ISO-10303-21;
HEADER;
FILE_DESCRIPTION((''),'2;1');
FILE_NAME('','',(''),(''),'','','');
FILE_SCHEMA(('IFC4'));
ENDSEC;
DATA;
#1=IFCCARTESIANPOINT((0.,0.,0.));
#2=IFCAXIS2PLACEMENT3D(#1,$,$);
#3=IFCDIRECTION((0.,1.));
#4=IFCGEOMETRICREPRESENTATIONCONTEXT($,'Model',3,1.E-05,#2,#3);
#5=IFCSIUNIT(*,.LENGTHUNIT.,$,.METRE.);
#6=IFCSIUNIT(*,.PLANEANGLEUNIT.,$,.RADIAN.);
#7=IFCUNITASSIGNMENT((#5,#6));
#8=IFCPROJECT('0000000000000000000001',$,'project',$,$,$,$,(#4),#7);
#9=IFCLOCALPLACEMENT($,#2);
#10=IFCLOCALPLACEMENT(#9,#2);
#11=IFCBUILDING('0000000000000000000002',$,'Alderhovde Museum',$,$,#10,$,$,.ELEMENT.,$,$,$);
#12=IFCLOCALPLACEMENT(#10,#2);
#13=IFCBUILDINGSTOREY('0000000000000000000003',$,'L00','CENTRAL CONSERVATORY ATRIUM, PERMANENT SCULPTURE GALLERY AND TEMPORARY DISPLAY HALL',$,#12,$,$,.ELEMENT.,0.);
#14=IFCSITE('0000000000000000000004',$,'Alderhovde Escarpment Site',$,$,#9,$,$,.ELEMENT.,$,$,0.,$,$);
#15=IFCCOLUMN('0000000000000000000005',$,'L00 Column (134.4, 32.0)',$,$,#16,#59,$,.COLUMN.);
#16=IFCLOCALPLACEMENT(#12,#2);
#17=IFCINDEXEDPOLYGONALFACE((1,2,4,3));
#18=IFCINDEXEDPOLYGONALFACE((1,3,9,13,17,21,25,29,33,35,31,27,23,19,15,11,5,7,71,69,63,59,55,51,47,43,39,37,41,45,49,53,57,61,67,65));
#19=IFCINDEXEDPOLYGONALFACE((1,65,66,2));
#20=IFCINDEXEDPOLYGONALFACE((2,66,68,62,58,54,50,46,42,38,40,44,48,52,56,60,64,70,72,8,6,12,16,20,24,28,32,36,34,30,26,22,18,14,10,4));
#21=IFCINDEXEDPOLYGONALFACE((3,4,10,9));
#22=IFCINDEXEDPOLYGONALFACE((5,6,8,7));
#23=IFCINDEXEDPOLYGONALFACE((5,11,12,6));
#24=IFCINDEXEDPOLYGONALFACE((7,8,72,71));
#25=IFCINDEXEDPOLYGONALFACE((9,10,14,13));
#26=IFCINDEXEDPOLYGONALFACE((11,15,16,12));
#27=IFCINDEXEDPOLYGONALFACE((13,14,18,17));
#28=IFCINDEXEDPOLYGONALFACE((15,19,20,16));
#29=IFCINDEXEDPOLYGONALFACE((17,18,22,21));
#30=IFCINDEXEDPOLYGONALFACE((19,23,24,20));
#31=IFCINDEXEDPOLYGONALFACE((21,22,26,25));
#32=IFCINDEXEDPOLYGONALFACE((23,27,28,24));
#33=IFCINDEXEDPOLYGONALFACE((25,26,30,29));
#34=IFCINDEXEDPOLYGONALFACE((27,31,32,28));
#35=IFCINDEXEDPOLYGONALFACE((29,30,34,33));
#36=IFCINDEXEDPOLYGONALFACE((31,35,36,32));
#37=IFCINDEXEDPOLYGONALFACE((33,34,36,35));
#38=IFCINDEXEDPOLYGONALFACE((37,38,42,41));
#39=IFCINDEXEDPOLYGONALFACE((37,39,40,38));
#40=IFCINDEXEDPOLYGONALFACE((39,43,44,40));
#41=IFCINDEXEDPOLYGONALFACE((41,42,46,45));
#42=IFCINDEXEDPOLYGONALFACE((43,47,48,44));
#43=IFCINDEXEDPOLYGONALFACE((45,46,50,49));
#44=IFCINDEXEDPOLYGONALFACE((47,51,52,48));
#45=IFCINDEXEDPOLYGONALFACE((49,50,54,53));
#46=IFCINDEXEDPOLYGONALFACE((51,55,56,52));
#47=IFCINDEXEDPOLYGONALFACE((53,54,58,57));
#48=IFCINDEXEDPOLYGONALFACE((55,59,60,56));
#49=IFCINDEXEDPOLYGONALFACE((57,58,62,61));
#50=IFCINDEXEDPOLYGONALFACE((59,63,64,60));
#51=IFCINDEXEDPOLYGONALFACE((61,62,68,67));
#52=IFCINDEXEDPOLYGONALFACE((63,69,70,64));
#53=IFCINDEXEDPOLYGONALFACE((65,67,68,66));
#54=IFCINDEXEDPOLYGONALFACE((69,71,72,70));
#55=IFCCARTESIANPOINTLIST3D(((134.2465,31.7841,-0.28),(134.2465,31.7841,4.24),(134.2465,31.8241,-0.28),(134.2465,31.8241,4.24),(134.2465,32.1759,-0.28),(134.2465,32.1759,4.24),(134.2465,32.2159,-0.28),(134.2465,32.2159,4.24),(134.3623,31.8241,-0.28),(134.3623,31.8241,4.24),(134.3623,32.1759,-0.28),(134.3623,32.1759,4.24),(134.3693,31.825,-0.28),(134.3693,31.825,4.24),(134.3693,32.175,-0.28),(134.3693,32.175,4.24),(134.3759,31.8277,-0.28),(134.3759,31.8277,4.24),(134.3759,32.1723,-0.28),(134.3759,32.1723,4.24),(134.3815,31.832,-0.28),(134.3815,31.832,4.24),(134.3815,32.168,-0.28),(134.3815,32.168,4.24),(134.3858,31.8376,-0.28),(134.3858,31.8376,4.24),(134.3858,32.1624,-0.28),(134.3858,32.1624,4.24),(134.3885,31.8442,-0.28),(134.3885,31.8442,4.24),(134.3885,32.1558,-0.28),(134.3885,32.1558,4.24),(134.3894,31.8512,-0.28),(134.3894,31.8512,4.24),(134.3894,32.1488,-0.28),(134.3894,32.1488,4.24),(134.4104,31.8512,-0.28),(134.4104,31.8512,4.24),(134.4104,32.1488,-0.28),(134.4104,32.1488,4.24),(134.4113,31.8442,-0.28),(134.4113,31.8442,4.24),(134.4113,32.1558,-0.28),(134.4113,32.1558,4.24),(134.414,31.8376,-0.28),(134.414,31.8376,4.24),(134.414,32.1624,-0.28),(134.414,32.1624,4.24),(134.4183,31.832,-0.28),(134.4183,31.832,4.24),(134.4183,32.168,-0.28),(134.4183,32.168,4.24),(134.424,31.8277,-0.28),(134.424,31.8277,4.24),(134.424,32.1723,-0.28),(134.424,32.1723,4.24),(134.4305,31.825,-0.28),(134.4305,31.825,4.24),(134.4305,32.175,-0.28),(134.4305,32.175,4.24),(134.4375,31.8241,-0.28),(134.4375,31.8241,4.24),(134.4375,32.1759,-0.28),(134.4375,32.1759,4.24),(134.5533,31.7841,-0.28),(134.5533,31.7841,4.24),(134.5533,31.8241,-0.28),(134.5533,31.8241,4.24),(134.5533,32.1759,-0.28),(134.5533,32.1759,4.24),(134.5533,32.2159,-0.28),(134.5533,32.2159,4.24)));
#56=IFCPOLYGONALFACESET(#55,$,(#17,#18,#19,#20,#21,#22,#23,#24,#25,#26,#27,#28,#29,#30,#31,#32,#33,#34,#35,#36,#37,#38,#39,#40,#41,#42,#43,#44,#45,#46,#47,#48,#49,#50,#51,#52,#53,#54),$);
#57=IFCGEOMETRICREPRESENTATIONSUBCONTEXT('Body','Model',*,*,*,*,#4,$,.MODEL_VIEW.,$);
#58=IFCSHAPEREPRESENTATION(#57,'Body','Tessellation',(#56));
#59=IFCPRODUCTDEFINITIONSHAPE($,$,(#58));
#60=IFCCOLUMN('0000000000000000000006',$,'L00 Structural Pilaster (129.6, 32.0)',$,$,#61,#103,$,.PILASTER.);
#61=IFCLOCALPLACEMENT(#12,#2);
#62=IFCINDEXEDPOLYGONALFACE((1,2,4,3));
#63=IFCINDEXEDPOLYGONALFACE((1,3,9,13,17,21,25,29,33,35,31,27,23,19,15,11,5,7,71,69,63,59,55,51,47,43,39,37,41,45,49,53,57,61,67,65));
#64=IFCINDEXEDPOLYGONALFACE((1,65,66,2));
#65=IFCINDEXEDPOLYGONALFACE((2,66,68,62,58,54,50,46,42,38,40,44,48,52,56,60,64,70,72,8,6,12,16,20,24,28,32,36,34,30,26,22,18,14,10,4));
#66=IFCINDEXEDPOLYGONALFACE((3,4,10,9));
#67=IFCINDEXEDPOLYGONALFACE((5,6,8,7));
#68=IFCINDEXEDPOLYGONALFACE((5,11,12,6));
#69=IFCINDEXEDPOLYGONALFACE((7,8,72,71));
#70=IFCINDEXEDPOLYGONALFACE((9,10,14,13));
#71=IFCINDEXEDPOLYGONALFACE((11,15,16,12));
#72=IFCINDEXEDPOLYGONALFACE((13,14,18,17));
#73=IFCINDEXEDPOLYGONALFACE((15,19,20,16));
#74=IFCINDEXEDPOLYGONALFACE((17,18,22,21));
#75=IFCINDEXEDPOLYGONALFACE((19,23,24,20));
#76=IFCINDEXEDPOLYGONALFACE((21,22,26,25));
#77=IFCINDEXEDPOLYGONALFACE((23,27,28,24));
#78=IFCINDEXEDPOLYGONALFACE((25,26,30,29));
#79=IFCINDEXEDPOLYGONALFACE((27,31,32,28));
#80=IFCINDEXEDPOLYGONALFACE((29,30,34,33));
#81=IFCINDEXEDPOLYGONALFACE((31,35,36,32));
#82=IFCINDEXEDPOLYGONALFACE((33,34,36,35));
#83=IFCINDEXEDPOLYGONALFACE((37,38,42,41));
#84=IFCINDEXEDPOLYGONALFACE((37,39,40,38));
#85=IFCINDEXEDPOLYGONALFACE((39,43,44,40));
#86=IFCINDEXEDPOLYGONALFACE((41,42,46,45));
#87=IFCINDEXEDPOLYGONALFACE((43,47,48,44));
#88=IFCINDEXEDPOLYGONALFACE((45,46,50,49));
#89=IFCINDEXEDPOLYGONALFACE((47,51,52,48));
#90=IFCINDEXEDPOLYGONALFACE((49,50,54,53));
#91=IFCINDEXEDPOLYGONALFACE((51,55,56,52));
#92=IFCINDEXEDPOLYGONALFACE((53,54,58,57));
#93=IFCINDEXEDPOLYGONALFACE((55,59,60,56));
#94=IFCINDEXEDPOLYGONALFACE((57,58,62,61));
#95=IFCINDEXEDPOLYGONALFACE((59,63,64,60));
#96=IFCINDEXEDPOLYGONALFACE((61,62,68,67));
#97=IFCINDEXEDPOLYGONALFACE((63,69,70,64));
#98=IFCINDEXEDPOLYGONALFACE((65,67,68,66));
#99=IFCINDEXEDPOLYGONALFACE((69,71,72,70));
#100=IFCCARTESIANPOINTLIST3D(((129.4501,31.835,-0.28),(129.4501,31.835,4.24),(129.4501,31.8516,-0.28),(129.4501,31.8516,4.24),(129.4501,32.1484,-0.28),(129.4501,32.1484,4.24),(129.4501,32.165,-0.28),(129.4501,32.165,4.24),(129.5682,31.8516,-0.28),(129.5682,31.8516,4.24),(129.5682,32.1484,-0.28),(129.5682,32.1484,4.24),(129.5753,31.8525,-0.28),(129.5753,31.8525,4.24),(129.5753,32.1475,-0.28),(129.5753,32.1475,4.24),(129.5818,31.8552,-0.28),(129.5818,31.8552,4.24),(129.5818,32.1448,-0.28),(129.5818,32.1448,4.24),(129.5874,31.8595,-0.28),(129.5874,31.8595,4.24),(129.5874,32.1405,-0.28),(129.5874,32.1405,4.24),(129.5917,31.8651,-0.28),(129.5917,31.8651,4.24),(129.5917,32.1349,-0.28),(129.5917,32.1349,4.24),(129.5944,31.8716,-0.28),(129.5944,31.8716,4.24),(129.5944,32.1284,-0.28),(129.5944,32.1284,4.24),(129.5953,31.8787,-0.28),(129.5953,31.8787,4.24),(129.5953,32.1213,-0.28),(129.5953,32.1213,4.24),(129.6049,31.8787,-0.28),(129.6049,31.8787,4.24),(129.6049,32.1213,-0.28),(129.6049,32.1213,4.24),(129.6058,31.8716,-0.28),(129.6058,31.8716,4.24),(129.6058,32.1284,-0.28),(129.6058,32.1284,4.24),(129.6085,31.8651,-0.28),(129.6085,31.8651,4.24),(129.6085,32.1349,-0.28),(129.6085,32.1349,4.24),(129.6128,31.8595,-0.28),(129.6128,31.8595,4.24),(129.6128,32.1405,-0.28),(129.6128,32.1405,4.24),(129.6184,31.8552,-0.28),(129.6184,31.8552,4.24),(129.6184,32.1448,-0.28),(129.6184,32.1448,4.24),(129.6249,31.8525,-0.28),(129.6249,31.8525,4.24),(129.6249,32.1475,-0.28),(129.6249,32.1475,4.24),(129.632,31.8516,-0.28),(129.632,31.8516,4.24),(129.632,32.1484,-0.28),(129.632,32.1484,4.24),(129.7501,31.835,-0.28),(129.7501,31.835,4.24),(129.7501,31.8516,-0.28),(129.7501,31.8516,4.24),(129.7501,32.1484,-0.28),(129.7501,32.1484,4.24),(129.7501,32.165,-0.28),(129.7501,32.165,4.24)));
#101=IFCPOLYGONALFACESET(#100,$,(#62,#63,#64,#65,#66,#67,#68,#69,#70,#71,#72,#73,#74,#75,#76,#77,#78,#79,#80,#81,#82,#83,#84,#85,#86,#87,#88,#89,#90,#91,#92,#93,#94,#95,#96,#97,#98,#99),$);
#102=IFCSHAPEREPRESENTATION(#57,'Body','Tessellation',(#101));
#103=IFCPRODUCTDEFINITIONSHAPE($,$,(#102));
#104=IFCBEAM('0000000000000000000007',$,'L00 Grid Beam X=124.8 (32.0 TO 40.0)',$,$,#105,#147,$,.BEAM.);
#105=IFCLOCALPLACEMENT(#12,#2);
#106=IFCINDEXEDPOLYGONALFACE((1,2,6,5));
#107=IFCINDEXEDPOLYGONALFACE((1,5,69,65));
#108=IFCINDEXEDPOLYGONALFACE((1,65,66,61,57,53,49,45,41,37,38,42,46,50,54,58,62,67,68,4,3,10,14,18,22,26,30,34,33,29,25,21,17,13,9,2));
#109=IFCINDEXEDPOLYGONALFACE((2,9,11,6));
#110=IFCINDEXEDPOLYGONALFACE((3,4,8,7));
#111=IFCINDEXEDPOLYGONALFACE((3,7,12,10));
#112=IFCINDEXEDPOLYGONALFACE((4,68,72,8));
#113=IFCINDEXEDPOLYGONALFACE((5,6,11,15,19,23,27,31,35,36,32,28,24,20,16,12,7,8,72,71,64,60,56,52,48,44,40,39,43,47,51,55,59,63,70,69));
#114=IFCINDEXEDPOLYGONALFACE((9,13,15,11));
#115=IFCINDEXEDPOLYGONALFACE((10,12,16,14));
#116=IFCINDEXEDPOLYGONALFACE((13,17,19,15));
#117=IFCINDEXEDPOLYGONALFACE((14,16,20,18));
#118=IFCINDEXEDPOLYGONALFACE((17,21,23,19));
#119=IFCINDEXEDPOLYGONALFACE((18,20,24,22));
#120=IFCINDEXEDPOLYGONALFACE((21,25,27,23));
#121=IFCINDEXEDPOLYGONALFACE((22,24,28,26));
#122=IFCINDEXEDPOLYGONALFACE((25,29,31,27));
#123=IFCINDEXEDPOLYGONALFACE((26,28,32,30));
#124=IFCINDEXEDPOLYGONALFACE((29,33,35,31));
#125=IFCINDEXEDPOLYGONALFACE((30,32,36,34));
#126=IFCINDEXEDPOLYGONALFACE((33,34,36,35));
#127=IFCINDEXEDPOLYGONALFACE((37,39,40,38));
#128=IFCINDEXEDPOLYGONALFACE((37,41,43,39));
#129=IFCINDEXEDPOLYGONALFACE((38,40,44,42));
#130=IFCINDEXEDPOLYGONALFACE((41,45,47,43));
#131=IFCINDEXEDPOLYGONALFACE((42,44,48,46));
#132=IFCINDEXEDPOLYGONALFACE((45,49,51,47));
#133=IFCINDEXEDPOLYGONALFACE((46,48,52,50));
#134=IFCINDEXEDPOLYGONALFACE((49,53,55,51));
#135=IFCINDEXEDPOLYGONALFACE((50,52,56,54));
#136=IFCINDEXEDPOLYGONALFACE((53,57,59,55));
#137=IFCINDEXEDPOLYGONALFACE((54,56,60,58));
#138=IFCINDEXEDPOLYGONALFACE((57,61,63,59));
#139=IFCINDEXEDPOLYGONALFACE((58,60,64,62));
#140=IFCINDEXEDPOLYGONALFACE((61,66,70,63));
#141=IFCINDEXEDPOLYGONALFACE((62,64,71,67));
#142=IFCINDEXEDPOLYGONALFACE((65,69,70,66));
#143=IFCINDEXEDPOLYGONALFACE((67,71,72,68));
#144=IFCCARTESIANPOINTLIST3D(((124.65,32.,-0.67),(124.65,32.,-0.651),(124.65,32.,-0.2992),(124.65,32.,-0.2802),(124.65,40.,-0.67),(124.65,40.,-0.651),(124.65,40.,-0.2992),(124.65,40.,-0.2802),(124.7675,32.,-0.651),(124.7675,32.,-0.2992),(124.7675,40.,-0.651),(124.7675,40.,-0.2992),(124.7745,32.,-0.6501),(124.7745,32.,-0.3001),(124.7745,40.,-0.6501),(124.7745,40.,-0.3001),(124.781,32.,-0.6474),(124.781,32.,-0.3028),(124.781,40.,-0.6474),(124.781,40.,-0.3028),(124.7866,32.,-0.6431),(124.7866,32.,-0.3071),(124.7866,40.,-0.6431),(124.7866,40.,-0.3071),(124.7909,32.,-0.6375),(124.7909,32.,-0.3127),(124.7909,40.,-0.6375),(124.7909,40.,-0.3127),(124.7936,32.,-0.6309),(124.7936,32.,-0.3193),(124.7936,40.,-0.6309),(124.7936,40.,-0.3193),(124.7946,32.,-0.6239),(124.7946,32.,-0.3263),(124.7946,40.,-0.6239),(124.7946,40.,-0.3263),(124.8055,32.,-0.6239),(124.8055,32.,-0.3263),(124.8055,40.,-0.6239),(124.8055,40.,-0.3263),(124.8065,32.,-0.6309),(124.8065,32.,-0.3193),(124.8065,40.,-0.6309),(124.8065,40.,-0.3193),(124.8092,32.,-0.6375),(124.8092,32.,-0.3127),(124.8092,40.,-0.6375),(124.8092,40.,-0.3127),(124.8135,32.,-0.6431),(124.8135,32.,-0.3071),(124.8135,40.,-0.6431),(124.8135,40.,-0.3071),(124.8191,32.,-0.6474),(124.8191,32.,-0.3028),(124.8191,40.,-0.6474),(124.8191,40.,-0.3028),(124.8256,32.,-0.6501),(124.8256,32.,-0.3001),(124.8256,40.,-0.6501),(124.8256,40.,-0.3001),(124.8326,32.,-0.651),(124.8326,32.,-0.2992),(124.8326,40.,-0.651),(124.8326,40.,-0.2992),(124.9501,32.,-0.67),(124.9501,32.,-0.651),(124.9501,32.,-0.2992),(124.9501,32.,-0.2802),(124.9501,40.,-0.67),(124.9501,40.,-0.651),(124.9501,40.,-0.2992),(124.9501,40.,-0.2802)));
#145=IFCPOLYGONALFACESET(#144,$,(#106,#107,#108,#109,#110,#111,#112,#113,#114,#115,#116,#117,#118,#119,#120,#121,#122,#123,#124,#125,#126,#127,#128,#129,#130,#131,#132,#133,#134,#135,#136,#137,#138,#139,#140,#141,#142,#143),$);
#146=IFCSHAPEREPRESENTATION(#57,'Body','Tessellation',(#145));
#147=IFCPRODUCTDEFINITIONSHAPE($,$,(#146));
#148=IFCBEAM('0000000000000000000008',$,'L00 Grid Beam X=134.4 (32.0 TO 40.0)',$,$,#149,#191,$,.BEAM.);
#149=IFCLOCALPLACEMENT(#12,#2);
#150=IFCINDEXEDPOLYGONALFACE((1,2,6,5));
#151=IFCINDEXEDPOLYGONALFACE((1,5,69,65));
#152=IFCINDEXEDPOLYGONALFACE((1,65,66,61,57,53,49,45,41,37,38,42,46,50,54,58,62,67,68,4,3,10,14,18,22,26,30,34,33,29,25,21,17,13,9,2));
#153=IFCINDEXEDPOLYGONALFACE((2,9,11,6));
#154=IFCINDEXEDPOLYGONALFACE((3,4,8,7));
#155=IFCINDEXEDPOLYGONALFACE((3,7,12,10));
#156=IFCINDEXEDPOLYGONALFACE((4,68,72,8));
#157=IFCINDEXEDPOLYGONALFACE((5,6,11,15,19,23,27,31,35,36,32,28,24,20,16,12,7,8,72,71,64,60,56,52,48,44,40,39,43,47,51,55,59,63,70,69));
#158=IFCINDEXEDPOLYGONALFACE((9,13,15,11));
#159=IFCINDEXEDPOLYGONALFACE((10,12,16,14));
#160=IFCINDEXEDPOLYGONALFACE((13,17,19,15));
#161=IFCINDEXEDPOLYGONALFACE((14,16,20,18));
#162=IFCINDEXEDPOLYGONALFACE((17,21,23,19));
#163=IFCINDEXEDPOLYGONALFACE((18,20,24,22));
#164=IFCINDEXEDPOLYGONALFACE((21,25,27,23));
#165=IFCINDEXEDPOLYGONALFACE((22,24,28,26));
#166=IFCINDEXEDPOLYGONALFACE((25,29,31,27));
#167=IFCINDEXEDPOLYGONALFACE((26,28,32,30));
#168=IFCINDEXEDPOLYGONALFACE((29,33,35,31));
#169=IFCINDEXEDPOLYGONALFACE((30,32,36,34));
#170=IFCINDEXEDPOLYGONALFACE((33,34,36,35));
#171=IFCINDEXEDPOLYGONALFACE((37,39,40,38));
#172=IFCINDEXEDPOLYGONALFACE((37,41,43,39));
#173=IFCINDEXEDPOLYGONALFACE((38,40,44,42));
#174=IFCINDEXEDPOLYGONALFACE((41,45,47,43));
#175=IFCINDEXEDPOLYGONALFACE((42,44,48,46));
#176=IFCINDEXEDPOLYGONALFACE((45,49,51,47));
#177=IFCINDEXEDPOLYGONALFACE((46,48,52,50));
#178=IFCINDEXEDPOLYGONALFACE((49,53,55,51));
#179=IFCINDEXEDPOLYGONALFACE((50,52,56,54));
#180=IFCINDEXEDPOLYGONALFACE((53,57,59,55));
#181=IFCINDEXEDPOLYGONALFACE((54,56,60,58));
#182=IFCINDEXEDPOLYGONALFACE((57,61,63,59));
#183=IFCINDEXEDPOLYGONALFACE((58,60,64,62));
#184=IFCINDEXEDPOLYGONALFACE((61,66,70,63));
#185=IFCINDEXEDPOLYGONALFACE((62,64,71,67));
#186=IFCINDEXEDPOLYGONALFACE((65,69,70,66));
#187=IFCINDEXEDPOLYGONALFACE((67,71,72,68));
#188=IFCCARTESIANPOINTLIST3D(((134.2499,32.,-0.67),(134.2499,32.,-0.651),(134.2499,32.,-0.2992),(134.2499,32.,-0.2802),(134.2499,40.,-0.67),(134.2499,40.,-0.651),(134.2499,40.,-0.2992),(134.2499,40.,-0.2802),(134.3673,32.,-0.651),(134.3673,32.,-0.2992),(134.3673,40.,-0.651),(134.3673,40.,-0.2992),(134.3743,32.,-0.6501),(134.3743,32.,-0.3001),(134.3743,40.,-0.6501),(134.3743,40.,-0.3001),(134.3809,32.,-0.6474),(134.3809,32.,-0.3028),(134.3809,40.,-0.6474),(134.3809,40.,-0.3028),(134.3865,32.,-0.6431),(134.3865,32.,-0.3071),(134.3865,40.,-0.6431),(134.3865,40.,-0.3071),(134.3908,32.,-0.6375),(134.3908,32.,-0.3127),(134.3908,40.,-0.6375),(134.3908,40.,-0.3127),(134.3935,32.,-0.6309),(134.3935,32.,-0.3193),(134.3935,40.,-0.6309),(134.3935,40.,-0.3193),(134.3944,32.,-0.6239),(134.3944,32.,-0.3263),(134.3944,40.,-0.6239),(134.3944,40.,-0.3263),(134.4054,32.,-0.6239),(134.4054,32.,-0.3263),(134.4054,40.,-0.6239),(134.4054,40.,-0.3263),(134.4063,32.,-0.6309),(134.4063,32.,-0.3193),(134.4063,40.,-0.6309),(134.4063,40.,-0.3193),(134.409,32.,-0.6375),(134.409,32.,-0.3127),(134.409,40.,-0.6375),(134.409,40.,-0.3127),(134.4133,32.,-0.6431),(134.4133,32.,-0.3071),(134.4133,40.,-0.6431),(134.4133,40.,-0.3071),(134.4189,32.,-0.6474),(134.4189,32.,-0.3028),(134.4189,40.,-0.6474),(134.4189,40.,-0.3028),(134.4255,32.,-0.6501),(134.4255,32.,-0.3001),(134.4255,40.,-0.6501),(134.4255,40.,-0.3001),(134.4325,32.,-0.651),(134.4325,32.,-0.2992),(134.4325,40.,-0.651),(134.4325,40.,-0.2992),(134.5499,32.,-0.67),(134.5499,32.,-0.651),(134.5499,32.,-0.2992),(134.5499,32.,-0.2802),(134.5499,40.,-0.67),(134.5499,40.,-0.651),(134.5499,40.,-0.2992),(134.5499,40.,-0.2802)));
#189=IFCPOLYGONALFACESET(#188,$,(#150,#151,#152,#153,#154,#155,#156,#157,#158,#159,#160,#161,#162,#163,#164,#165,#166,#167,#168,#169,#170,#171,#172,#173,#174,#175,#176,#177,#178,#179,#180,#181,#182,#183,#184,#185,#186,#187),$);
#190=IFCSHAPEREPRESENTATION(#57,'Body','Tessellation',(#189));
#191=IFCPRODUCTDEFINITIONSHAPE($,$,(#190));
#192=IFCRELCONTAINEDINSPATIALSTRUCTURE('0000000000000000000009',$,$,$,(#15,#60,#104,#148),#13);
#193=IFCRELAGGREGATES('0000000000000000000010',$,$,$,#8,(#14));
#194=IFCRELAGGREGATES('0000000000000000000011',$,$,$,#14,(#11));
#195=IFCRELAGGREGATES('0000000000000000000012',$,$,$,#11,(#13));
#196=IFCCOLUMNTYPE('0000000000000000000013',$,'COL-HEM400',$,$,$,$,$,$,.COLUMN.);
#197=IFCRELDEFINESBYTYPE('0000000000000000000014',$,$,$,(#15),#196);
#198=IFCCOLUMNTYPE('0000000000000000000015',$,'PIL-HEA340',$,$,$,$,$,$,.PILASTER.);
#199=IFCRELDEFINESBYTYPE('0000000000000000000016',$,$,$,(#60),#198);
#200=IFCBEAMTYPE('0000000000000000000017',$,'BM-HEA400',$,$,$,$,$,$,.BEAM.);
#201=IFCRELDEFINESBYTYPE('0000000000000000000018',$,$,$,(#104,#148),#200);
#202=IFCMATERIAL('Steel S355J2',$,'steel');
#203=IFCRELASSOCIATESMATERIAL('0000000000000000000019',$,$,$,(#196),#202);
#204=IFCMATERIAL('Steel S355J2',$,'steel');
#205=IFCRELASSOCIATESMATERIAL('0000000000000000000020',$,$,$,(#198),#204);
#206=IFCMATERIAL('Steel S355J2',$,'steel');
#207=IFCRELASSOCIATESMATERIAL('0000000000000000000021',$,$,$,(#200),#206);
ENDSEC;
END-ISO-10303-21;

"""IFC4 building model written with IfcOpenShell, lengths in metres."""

from ifc_helpers import new_model, si_unit, direction, frame, origin, origin_2d, place, context, subcontext, project, spatial, i_section, extrude, material, material_profile, profile_set, type_object, element, save


model = new_model("IFC4")

# Units and contexts
model_context = context("Model", 3, precision=1e-05, world=origin(), true_north=direction((0.0, 1.0)))
body_context = subcontext(model_context, "Body", "Model", "MODEL_VIEW")
ifc_project = project(units=[si_unit("LENGTHUNIT", "METRE"), si_unit("PLANEANGLEUNIT", "RADIAN")], contexts=[model_context])

# Site, building, storey
site_placement = place(None, origin())
site = spatial("IfcSite", under=ifc_project, at=site_placement, Name="Alderhovde Escarpment Site", CompositionType="ELEMENT", RefElevation=0.0)
building_placement = place(site_placement, origin())
building = spatial("IfcBuilding", under=site, at=building_placement, Name="Alderhovde Museum", CompositionType="ELEMENT")
storey_placement = place(building_placement, origin())
storey = spatial("IfcBuildingStorey", under=building, at=storey_placement, Name="L00", Description="CENTRAL CONSERVATORY ATRIUM, PERMANENT SCULPTURE GALLERY AND TEMPORARY DISPLAY HALL", CompositionType="ELEMENT", Elevation=0.0)

# Columns
ifc_material_1 = material(Name="Steel S355J2", Category="steel")
ifc_material_profile_1 = material_profile(ifc_material_1, i_section(OverallWidth=0.3069, OverallDepth=0.4319, WebThickness=0.021, FlangeThickness=0.04, FilletRadius=0.0271, at=origin_2d()), Name="HEM 400")
ifc_profile_set_1 = profile_set([ifc_material_profile_1], Name="Steel S355J2")
column_type_1 = type_object("IfcColumnType", Name="COL-HEM400", PredefinedType="COLUMN", material=ifc_profile_set_1)
column_1_placement = place(storey_placement, frame((134.3999, 32.0, -0.28), z_axis=(0.0, 0.0, 1.0), x_axis=(1.0, 0.0, 0.0)))
element("IfcColumn", 1, at=column_1_placement, inside=storey, type_object=column_type_1, Name="L00 Column (134.4, 32.0)", PredefinedType="COLUMN", context=body_context, shape_type="SweptSolid", body=[
    extrude(i_section(OverallWidth=0.3069, OverallDepth=0.4319, WebThickness=0.021, FlangeThickness=0.04, FilletRadius=0.0271, at=origin_2d()), origin(), (0.0, 0.0, 1.0), 4.52),
])
ifc_material_2 = material(Name="Steel S355J2", Category="steel")
ifc_material_profile_2 = material_profile(ifc_material_2, i_section(OverallWidth=0.3, OverallDepth=0.3301, WebThickness=0.0095, FlangeThickness=0.0166, FilletRadius=0.0271, at=origin_2d()), Name="HEA 340")
ifc_profile_set_2 = profile_set([ifc_material_profile_2], Name="Steel S355J2")
column_type_2 = type_object("IfcColumnType", Name="PIL-HEA340", PredefinedType="PILASTER", material=ifc_profile_set_2)
column_2_placement = place(storey_placement, frame((129.6001, 32.0, -0.28), z_axis=(0.0, 0.0, 1.0), x_axis=(1.0, 0.0, 0.0)))
element("IfcColumn", 2, at=column_2_placement, inside=storey, type_object=column_type_2, Name="L00 Structural Pilaster (129.6, 32.0)", PredefinedType="PILASTER", context=body_context, shape_type="SweptSolid", body=[
    extrude(i_section(OverallWidth=0.3, OverallDepth=0.3301, WebThickness=0.0095, FlangeThickness=0.0166, FilletRadius=0.0271, at=origin_2d()), origin(), (0.0, 0.0, 1.0), 4.52),
])

# Beams
ifc_material_3 = material(Name="Steel S355J2", Category="steel")
ifc_material_profile_3 = material_profile(ifc_material_3, i_section(OverallWidth=0.3, OverallDepth=0.3899, WebThickness=0.011, FlangeThickness=0.019, FilletRadius=0.0271, at=origin_2d()), Name="HEA 400")
ifc_profile_set_3 = profile_set([ifc_material_profile_3], Name="Steel S355J2")
beam_type_1 = type_object("IfcBeamType", Name="BM-HEA400", PredefinedType="BEAM", material=ifc_profile_set_3)
for number, where, z_axis, x_axis, name in (
    (3, (124.8, 32.0, -0.4751), (0.0, 1.0, 0.0), (-1.0, 0.0, 0.0), "L00 Grid Beam X=124.8 (32.0 TO 40.0)"),
    (4, (134.3999, 32.0, -0.4751), (0.0, 1.0, 0.0), (-1.0, 0.0, 0.0), "L00 Grid Beam X=134.4 (32.0 TO 40.0)"),
):
    element("IfcBeam", number, at=place(storey_placement, frame(where, z_axis=z_axis, x_axis=x_axis)), inside=storey, type_object=beam_type_1, Name=name, PredefinedType="BEAM", context=body_context, shape_type="SweptSolid", body=[
        extrude(i_section(OverallWidth=0.3, OverallDepth=0.3899, WebThickness=0.011, FlangeThickness=0.019, FilletRadius=0.0271, at=origin_2d()), origin(), (0.0, 0.0, 1.0), 8.0),
    ])

save(model, "model.ifc")
